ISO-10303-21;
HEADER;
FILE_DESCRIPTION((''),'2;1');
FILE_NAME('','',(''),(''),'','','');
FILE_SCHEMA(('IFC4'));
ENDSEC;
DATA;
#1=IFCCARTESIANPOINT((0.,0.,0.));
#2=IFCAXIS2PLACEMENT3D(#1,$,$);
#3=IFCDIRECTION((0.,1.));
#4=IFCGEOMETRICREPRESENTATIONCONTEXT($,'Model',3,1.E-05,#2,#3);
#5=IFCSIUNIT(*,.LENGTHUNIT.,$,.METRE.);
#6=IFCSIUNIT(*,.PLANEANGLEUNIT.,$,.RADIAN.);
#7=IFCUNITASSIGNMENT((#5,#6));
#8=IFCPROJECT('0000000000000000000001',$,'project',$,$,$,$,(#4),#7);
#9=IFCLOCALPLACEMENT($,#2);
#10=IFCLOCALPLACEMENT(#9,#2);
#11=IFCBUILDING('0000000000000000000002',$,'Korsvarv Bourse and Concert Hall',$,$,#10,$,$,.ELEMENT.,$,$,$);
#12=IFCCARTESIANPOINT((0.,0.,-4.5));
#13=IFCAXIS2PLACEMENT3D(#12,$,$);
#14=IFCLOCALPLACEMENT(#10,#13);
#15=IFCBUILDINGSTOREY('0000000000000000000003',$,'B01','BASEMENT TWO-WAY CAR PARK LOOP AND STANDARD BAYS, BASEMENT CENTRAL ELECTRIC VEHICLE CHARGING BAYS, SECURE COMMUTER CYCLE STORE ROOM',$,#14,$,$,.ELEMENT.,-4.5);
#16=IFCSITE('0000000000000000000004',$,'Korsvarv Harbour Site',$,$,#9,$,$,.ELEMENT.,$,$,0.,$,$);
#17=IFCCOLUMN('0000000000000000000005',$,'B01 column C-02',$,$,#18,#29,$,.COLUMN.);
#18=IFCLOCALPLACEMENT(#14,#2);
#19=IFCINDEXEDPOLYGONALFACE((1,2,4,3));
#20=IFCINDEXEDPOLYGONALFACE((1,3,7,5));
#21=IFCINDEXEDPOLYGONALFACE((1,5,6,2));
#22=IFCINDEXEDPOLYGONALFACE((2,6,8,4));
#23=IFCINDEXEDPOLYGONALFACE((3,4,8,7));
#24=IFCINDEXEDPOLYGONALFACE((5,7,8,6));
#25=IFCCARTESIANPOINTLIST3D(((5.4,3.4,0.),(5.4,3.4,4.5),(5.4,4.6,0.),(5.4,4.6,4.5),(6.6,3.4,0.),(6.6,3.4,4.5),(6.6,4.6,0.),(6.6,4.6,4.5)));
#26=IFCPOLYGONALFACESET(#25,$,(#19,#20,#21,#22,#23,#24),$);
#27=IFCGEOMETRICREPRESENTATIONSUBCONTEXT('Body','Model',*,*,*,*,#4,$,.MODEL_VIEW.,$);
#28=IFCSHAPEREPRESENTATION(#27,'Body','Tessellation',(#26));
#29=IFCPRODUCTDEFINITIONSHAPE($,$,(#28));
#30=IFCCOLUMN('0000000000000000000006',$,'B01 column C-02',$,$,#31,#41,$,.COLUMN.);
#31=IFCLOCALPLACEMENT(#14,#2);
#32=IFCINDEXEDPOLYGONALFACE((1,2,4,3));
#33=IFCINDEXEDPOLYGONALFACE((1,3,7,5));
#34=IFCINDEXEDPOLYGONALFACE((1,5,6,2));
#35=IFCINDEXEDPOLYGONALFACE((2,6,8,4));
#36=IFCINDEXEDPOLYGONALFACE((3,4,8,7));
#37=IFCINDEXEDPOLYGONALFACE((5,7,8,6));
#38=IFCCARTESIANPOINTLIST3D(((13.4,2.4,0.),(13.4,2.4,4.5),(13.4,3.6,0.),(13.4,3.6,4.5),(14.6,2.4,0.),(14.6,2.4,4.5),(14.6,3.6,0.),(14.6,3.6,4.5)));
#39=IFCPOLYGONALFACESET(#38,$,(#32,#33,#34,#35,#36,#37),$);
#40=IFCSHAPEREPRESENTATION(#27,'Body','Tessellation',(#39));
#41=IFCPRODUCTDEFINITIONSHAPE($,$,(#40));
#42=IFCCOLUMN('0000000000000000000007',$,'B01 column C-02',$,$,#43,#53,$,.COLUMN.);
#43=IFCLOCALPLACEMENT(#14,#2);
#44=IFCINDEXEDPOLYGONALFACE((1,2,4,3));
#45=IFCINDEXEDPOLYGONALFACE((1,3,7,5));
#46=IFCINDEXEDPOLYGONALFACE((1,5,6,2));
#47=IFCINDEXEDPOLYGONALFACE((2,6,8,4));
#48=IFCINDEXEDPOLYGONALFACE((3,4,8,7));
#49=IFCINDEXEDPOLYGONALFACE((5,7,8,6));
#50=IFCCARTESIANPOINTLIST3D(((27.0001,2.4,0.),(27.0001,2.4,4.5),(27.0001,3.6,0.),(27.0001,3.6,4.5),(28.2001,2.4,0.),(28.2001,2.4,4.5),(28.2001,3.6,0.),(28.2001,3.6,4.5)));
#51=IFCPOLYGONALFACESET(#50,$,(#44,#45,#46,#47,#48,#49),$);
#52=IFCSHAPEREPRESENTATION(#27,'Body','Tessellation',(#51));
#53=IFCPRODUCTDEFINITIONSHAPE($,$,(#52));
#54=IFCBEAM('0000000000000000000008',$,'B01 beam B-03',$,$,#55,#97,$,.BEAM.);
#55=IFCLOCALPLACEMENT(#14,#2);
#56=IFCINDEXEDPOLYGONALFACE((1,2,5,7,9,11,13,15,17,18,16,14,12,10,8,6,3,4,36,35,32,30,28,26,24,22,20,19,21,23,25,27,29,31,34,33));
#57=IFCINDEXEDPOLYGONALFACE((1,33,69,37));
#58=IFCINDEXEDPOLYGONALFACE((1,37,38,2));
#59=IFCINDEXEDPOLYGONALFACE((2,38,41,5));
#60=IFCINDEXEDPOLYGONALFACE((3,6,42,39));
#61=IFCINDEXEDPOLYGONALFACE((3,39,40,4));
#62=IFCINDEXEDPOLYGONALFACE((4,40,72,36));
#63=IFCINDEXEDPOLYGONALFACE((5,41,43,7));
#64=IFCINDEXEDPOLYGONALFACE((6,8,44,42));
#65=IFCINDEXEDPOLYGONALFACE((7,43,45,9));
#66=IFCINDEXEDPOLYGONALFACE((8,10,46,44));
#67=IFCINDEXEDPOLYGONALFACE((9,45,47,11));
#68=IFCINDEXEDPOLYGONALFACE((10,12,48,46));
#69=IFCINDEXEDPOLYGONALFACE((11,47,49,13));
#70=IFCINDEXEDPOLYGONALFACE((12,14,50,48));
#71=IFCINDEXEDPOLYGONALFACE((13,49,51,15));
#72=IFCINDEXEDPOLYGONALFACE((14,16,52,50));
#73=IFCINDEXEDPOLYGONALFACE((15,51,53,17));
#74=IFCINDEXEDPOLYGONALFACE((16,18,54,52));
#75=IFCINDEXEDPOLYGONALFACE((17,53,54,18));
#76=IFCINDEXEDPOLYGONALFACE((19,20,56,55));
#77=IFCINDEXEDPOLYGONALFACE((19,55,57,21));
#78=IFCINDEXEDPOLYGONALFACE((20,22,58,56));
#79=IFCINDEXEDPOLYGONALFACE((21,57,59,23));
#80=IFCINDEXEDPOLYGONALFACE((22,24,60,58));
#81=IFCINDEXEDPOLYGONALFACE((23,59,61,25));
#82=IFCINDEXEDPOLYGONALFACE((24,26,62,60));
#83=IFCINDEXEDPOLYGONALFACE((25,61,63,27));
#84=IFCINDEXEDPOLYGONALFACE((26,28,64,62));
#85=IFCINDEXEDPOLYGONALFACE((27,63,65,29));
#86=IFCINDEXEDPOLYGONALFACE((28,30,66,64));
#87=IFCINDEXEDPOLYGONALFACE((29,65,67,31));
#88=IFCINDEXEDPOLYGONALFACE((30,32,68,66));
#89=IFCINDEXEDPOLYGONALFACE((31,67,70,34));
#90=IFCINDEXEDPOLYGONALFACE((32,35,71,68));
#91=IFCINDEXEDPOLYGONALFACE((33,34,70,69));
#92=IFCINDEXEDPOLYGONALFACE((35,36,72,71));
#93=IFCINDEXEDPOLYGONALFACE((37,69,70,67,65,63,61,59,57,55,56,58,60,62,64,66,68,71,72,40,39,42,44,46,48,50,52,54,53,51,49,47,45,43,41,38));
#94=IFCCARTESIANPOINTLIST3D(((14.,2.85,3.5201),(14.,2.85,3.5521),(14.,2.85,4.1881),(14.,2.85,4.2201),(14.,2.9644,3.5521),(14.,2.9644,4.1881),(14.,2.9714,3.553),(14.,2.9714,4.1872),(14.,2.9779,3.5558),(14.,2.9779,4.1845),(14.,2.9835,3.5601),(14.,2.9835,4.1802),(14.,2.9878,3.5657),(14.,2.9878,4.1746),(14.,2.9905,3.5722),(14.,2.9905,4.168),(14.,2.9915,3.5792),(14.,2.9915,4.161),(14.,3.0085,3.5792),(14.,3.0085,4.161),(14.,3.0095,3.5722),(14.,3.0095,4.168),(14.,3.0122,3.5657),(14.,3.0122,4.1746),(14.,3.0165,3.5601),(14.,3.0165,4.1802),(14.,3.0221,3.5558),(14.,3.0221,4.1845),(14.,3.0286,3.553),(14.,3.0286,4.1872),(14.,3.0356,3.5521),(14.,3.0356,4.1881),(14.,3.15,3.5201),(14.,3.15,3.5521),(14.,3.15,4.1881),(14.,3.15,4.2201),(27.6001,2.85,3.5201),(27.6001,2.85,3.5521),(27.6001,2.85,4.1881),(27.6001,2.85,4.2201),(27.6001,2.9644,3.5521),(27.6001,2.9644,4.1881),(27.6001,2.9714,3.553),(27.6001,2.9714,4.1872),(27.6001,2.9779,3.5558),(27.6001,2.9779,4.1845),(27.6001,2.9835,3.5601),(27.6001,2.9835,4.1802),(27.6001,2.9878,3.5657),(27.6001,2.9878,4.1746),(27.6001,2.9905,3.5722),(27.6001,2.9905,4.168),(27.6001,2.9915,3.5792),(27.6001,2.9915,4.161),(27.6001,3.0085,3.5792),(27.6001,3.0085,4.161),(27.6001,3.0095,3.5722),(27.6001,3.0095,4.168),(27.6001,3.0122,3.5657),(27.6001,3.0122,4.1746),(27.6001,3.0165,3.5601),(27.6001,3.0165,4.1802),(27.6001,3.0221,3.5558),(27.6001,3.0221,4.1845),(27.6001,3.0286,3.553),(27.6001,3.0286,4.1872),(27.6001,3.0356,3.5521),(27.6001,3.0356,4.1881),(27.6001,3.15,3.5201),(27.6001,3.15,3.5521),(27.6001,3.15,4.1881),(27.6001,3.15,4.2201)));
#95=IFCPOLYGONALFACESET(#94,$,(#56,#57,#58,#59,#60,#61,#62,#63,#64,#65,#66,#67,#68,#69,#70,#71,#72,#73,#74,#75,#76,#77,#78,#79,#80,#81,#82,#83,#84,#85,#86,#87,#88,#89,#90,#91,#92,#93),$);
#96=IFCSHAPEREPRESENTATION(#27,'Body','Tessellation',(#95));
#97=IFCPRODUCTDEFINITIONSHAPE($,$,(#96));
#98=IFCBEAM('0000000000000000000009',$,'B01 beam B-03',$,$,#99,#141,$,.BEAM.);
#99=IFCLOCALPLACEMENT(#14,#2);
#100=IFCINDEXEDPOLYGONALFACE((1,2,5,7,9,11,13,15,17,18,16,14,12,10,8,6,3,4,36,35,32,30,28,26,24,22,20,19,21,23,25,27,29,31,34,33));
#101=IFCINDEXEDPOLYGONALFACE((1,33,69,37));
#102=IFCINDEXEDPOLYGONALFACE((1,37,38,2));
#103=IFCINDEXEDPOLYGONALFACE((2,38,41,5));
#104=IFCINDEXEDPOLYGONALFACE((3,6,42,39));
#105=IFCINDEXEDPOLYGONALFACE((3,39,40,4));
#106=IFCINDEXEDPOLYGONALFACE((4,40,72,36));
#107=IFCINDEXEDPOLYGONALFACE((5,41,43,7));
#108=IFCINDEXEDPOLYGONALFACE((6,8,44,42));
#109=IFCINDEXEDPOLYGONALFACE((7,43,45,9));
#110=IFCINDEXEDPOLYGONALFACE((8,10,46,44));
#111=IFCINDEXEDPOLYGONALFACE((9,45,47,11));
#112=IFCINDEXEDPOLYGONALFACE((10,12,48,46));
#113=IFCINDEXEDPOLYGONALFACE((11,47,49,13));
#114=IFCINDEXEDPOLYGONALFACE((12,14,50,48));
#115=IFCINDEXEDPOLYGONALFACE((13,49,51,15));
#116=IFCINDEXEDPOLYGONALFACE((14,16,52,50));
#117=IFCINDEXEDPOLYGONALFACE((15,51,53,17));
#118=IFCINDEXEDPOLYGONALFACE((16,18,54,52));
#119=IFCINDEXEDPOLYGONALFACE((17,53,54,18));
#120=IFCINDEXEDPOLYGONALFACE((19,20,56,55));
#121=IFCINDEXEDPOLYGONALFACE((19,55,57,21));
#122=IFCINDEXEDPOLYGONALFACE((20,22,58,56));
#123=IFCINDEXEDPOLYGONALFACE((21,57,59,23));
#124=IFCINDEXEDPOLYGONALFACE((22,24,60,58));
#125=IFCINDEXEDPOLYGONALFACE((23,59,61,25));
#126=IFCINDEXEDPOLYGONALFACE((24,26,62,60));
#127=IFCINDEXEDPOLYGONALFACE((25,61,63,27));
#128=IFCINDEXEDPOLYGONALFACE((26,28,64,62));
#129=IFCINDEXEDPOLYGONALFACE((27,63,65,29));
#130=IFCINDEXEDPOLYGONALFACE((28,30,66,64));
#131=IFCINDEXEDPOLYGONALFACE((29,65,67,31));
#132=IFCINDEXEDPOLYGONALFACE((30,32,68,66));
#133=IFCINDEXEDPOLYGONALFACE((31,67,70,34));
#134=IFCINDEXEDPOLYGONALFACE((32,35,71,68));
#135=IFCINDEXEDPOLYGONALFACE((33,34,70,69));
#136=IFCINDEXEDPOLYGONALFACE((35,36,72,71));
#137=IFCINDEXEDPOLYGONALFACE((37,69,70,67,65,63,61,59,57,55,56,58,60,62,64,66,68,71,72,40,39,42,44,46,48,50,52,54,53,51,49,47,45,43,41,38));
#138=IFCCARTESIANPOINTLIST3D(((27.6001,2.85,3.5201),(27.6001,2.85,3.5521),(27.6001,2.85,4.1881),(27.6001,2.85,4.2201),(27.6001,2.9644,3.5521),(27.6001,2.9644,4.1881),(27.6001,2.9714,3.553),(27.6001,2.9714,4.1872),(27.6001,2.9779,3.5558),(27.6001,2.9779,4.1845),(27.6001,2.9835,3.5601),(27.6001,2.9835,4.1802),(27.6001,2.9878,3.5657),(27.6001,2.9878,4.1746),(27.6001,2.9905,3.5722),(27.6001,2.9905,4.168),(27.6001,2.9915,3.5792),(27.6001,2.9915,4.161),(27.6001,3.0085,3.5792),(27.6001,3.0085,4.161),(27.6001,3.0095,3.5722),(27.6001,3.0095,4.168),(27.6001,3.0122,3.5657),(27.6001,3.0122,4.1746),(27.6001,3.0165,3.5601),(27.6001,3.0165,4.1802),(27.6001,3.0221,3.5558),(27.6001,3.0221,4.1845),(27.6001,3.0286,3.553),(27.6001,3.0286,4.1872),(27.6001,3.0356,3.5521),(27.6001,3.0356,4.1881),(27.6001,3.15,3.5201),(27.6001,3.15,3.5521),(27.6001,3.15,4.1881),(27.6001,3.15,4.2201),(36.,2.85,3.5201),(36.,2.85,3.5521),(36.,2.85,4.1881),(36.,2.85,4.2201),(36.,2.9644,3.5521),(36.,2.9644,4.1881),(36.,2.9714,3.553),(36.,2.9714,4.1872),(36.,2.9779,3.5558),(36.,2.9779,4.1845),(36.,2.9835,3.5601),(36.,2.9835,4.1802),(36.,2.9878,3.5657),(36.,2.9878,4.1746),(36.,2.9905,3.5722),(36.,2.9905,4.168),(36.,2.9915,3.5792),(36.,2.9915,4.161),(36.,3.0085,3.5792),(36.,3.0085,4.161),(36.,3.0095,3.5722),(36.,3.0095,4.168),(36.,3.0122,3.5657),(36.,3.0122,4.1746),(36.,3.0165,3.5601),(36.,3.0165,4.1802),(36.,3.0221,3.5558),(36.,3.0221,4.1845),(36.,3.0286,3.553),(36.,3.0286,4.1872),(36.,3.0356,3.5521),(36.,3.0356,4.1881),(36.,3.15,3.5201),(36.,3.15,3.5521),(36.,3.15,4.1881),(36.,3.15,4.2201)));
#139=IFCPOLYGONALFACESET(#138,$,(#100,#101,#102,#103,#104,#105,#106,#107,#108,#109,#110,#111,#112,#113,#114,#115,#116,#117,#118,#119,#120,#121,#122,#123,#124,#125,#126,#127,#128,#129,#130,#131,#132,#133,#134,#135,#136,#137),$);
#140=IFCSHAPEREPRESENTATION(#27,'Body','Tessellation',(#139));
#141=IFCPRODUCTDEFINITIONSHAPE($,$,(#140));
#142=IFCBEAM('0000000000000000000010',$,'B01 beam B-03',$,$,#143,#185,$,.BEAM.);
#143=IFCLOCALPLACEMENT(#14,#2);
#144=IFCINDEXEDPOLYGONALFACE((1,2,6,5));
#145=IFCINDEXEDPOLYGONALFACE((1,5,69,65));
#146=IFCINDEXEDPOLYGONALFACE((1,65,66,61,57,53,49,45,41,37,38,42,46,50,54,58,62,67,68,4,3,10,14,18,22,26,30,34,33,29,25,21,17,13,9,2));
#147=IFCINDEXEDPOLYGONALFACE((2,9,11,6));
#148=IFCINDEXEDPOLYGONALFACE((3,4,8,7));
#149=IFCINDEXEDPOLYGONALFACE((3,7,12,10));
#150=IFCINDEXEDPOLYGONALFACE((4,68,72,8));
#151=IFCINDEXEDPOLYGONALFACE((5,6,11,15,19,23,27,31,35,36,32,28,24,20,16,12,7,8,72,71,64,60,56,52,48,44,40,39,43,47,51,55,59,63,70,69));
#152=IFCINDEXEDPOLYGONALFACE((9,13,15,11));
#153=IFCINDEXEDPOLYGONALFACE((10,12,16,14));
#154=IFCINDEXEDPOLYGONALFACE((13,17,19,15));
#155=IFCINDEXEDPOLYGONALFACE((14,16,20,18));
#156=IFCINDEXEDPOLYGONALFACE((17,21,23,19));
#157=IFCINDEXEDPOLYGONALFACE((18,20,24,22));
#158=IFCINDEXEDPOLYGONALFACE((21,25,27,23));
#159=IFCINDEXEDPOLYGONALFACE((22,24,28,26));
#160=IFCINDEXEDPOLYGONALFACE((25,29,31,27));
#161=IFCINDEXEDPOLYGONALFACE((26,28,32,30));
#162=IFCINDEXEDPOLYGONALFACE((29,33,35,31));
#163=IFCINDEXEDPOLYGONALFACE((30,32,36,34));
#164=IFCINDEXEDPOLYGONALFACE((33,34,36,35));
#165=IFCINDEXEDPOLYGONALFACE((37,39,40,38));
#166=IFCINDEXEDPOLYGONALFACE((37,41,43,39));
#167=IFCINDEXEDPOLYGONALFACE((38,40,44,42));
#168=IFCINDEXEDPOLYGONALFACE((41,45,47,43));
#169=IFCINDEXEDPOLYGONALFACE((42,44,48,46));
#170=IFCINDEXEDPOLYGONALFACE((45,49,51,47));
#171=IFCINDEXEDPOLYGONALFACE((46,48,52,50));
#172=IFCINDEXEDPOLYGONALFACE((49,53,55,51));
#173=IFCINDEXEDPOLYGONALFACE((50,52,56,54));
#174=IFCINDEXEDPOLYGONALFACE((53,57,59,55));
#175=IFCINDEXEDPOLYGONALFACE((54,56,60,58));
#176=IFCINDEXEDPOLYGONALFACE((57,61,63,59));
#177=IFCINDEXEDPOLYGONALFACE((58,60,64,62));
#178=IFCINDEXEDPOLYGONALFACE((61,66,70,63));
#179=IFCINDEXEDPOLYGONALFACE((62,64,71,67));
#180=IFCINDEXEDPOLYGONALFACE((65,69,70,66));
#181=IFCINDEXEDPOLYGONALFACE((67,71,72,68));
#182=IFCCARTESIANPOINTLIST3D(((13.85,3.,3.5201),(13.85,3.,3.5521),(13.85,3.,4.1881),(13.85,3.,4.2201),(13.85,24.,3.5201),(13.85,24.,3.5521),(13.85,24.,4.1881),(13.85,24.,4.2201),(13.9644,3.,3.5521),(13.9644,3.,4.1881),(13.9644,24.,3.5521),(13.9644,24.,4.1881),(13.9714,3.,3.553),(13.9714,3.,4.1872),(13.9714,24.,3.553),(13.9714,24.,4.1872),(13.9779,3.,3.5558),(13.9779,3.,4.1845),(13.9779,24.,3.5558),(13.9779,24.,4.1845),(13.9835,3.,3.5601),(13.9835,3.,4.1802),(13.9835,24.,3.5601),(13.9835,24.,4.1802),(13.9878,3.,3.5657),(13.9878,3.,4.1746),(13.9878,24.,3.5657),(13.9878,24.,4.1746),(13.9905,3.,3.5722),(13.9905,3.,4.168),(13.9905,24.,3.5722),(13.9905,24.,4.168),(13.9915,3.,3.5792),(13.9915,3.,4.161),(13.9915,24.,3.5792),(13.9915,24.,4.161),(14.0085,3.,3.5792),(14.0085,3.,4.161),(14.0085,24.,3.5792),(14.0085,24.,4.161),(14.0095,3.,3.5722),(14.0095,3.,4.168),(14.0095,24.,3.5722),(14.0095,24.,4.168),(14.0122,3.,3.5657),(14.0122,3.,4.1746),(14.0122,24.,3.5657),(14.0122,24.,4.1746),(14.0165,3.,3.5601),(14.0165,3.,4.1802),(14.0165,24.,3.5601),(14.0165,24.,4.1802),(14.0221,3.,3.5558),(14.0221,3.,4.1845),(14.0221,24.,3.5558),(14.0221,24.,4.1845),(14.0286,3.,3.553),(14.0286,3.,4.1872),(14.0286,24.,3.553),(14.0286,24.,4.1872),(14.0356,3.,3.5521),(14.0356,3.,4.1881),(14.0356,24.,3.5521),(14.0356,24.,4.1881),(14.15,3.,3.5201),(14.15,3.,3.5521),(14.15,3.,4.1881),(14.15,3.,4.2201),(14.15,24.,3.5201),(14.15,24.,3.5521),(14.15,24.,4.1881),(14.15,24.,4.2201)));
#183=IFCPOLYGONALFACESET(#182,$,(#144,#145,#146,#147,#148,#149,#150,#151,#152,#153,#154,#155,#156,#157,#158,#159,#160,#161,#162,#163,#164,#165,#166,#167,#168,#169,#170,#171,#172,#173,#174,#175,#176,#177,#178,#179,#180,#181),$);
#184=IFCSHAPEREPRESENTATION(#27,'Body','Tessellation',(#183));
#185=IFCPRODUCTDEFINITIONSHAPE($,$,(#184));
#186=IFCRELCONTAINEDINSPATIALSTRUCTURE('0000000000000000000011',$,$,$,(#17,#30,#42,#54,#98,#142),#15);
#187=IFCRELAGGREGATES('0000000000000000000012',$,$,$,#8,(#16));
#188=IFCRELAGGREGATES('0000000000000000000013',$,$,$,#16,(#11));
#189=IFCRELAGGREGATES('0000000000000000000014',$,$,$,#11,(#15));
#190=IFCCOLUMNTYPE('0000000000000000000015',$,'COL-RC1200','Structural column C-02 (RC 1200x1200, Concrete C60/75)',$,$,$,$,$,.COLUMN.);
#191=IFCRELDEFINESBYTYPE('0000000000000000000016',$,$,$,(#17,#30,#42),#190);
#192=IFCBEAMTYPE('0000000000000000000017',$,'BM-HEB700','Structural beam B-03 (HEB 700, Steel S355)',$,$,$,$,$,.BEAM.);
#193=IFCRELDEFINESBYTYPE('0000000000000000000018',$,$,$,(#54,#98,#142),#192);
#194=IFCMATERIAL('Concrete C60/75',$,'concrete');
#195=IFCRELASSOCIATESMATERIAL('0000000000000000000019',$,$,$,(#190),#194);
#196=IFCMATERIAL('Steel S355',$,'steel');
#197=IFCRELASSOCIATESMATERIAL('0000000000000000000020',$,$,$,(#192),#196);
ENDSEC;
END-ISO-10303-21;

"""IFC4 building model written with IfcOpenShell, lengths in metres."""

from ifc_helpers import new_model, si_unit, direction, frame, origin, origin_2d, place, context, subcontext, project, spatial, rectangle, i_section, extrude, source, transform, mapped, material, material_profile, profile_set, type_object, element, save


model = new_model("IFC4")

# Units and contexts
model_context = context("Model", 3, precision=1e-05, world=origin(), true_north=direction((0.0, 1.0)))
body_context = subcontext(model_context, "Body", "Model", "MODEL_VIEW")
ifc_project = project(units=[si_unit("LENGTHUNIT", "METRE"), si_unit("PLANEANGLEUNIT", "RADIAN")], contexts=[model_context])

# Site, building, storey
site_placement = place(None, origin())
site = spatial("IfcSite", under=ifc_project, at=site_placement, Name="Korsvarv Harbour Site", CompositionType="ELEMENT", RefElevation=0.0)
building_placement = place(site_placement, origin())
building = spatial("IfcBuilding", under=site, at=building_placement, Name="Korsvarv Bourse and Concert Hall", CompositionType="ELEMENT")
storey_placement = place(building_placement, frame((0.0, 0.0, -4.5)))
storey = spatial("IfcBuildingStorey", under=building, at=storey_placement, Name="B01", Description="BASEMENT TWO-WAY CAR PARK LOOP AND STANDARD BAYS, BASEMENT CENTRAL ELECTRIC VEHICLE CHARGING BAYS, SECURE COMMUTER CYCLE STORE ROOM", CompositionType="ELEMENT", Elevation=-4.5)

# Columns
ifc_material_1 = material(Name="Concrete C60/75", Category="concrete")
ifc_material_profile_1 = material_profile(ifc_material_1, rectangle(XDim=1.2, YDim=1.2, at=origin_2d()), Name="RC 1200x1200")
ifc_profile_set_1 = profile_set([ifc_material_profile_1], Name="Concrete C60/75")
column_type = type_object("IfcColumnType", Name="COL-RC1200", Description="Structural column C-02 (RC 1200x1200, Concrete C60/75)", PredefinedType="COLUMN", material=ifc_profile_set_1)
shared_shape_1 = source(origin(), body_context, "Body", "SweptSolid", [
    extrude(rectangle(XDim=1.2, YDim=1.2, at=origin_2d()), origin(), (0.0, 0.0, 1.0), 4.5),
])
for number, where, z_axis, x_axis, name in (
    (1, (6.0, 4.0, 0.0), (0.0, 0.0, 1.0), (1.0, 0.0, 0.0), "B01 column C-02"),
    (2, (14.0, 3.0, 0.0), (0.0, 0.0, 1.0), (1.0, 0.0, 0.0), "B01 column C-02"),
    (3, (27.6001, 3.0, 0.0), (0.0, 0.0, 1.0), (1.0, 0.0, 0.0), "B01 column C-02"),
):
    element("IfcColumn", number, at=place(storey_placement, frame(where, z_axis=z_axis, x_axis=x_axis)), inside=storey, type_object=column_type, Name=name, PredefinedType="COLUMN", context=body_context, shape_type="MappedRepresentation", body=[
        mapped(shared_shape_1, transform((0.0, 0.0, 0.0), scale=1.0)),
    ])

# Beams
ifc_material_2 = material(Name="Steel S355", Category="steel")
ifc_material_profile_2 = material_profile(ifc_material_2, i_section(OverallWidth=0.3, OverallDepth=0.7, WebThickness=0.0171, FlangeThickness=0.032, FilletRadius=0.0271, at=origin_2d()), Name="HEB 700")
ifc_profile_set_2 = profile_set([ifc_material_profile_2], Name="Steel S355")
beam_type_1 = type_object("IfcBeamType", Name="BM-HEB700", Description="Structural beam B-03 (HEB 700, Steel S355)", PredefinedType="BEAM", material=ifc_profile_set_2)
shared_shape_2 = source(origin(), body_context, "Body", "SweptSolid", [
    extrude(i_section(OverallWidth=0.3, OverallDepth=0.7, WebThickness=0.0171, FlangeThickness=0.032, FilletRadius=0.0271, at=origin_2d()), origin(), (0.0, 0.0, 1.0), 13.6001),
])
beam_1_placement = place(storey_placement, frame((14.0, 3.0, 3.8701), z_axis=(1.0, 0.0, 0.0), x_axis=(0.0, 1.0, 0.0)))
element("IfcBeam", 4, at=beam_1_placement, inside=storey, type_object=beam_type_1, Name="B01 beam B-03", PredefinedType="BEAM", context=body_context, shape_type="MappedRepresentation", body=[
    mapped(shared_shape_2, transform((0.0, 0.0, 0.0), scale=1.0)),
])
shared_shape_3 = source(origin(), body_context, "Body", "SweptSolid", [
    extrude(i_section(OverallWidth=0.3, OverallDepth=0.7, WebThickness=0.0171, FlangeThickness=0.032, FilletRadius=0.0271, at=origin_2d()), origin(), (0.0, 0.0, 1.0), 8.3999),
])
beam_2_placement = place(storey_placement, frame((27.6001, 3.0, 3.8701), z_axis=(1.0, 0.0, 0.0), x_axis=(0.0, 1.0, 0.0)))
element("IfcBeam", 5, at=beam_2_placement, inside=storey, type_object=beam_type_1, Name="B01 beam B-03", PredefinedType="BEAM", context=body_context, shape_type="MappedRepresentation", body=[
    mapped(shared_shape_3, transform((0.0, 0.0, 0.0), scale=1.0)),
])
shared_shape_4 = source(origin(), body_context, "Body", "SweptSolid", [
    extrude(i_section(OverallWidth=0.3, OverallDepth=0.7, WebThickness=0.0171, FlangeThickness=0.032, FilletRadius=0.0271, at=origin_2d()), origin(), (0.0, 0.0, 1.0), 21.0),
])
beam_3_placement = place(storey_placement, frame((14.0, 3.0, 3.8701), z_axis=(0.0, 1.0, 0.0), x_axis=(-1.0, 0.0, 0.0)))
element("IfcBeam", 6, at=beam_3_placement, inside=storey, type_object=beam_type_1, Name="B01 beam B-03", PredefinedType="BEAM", context=body_context, shape_type="MappedRepresentation", body=[
    mapped(shared_shape_4, transform((0.0, 0.0, 0.0), scale=1.0)),
])

save(model, "model.ifc")
